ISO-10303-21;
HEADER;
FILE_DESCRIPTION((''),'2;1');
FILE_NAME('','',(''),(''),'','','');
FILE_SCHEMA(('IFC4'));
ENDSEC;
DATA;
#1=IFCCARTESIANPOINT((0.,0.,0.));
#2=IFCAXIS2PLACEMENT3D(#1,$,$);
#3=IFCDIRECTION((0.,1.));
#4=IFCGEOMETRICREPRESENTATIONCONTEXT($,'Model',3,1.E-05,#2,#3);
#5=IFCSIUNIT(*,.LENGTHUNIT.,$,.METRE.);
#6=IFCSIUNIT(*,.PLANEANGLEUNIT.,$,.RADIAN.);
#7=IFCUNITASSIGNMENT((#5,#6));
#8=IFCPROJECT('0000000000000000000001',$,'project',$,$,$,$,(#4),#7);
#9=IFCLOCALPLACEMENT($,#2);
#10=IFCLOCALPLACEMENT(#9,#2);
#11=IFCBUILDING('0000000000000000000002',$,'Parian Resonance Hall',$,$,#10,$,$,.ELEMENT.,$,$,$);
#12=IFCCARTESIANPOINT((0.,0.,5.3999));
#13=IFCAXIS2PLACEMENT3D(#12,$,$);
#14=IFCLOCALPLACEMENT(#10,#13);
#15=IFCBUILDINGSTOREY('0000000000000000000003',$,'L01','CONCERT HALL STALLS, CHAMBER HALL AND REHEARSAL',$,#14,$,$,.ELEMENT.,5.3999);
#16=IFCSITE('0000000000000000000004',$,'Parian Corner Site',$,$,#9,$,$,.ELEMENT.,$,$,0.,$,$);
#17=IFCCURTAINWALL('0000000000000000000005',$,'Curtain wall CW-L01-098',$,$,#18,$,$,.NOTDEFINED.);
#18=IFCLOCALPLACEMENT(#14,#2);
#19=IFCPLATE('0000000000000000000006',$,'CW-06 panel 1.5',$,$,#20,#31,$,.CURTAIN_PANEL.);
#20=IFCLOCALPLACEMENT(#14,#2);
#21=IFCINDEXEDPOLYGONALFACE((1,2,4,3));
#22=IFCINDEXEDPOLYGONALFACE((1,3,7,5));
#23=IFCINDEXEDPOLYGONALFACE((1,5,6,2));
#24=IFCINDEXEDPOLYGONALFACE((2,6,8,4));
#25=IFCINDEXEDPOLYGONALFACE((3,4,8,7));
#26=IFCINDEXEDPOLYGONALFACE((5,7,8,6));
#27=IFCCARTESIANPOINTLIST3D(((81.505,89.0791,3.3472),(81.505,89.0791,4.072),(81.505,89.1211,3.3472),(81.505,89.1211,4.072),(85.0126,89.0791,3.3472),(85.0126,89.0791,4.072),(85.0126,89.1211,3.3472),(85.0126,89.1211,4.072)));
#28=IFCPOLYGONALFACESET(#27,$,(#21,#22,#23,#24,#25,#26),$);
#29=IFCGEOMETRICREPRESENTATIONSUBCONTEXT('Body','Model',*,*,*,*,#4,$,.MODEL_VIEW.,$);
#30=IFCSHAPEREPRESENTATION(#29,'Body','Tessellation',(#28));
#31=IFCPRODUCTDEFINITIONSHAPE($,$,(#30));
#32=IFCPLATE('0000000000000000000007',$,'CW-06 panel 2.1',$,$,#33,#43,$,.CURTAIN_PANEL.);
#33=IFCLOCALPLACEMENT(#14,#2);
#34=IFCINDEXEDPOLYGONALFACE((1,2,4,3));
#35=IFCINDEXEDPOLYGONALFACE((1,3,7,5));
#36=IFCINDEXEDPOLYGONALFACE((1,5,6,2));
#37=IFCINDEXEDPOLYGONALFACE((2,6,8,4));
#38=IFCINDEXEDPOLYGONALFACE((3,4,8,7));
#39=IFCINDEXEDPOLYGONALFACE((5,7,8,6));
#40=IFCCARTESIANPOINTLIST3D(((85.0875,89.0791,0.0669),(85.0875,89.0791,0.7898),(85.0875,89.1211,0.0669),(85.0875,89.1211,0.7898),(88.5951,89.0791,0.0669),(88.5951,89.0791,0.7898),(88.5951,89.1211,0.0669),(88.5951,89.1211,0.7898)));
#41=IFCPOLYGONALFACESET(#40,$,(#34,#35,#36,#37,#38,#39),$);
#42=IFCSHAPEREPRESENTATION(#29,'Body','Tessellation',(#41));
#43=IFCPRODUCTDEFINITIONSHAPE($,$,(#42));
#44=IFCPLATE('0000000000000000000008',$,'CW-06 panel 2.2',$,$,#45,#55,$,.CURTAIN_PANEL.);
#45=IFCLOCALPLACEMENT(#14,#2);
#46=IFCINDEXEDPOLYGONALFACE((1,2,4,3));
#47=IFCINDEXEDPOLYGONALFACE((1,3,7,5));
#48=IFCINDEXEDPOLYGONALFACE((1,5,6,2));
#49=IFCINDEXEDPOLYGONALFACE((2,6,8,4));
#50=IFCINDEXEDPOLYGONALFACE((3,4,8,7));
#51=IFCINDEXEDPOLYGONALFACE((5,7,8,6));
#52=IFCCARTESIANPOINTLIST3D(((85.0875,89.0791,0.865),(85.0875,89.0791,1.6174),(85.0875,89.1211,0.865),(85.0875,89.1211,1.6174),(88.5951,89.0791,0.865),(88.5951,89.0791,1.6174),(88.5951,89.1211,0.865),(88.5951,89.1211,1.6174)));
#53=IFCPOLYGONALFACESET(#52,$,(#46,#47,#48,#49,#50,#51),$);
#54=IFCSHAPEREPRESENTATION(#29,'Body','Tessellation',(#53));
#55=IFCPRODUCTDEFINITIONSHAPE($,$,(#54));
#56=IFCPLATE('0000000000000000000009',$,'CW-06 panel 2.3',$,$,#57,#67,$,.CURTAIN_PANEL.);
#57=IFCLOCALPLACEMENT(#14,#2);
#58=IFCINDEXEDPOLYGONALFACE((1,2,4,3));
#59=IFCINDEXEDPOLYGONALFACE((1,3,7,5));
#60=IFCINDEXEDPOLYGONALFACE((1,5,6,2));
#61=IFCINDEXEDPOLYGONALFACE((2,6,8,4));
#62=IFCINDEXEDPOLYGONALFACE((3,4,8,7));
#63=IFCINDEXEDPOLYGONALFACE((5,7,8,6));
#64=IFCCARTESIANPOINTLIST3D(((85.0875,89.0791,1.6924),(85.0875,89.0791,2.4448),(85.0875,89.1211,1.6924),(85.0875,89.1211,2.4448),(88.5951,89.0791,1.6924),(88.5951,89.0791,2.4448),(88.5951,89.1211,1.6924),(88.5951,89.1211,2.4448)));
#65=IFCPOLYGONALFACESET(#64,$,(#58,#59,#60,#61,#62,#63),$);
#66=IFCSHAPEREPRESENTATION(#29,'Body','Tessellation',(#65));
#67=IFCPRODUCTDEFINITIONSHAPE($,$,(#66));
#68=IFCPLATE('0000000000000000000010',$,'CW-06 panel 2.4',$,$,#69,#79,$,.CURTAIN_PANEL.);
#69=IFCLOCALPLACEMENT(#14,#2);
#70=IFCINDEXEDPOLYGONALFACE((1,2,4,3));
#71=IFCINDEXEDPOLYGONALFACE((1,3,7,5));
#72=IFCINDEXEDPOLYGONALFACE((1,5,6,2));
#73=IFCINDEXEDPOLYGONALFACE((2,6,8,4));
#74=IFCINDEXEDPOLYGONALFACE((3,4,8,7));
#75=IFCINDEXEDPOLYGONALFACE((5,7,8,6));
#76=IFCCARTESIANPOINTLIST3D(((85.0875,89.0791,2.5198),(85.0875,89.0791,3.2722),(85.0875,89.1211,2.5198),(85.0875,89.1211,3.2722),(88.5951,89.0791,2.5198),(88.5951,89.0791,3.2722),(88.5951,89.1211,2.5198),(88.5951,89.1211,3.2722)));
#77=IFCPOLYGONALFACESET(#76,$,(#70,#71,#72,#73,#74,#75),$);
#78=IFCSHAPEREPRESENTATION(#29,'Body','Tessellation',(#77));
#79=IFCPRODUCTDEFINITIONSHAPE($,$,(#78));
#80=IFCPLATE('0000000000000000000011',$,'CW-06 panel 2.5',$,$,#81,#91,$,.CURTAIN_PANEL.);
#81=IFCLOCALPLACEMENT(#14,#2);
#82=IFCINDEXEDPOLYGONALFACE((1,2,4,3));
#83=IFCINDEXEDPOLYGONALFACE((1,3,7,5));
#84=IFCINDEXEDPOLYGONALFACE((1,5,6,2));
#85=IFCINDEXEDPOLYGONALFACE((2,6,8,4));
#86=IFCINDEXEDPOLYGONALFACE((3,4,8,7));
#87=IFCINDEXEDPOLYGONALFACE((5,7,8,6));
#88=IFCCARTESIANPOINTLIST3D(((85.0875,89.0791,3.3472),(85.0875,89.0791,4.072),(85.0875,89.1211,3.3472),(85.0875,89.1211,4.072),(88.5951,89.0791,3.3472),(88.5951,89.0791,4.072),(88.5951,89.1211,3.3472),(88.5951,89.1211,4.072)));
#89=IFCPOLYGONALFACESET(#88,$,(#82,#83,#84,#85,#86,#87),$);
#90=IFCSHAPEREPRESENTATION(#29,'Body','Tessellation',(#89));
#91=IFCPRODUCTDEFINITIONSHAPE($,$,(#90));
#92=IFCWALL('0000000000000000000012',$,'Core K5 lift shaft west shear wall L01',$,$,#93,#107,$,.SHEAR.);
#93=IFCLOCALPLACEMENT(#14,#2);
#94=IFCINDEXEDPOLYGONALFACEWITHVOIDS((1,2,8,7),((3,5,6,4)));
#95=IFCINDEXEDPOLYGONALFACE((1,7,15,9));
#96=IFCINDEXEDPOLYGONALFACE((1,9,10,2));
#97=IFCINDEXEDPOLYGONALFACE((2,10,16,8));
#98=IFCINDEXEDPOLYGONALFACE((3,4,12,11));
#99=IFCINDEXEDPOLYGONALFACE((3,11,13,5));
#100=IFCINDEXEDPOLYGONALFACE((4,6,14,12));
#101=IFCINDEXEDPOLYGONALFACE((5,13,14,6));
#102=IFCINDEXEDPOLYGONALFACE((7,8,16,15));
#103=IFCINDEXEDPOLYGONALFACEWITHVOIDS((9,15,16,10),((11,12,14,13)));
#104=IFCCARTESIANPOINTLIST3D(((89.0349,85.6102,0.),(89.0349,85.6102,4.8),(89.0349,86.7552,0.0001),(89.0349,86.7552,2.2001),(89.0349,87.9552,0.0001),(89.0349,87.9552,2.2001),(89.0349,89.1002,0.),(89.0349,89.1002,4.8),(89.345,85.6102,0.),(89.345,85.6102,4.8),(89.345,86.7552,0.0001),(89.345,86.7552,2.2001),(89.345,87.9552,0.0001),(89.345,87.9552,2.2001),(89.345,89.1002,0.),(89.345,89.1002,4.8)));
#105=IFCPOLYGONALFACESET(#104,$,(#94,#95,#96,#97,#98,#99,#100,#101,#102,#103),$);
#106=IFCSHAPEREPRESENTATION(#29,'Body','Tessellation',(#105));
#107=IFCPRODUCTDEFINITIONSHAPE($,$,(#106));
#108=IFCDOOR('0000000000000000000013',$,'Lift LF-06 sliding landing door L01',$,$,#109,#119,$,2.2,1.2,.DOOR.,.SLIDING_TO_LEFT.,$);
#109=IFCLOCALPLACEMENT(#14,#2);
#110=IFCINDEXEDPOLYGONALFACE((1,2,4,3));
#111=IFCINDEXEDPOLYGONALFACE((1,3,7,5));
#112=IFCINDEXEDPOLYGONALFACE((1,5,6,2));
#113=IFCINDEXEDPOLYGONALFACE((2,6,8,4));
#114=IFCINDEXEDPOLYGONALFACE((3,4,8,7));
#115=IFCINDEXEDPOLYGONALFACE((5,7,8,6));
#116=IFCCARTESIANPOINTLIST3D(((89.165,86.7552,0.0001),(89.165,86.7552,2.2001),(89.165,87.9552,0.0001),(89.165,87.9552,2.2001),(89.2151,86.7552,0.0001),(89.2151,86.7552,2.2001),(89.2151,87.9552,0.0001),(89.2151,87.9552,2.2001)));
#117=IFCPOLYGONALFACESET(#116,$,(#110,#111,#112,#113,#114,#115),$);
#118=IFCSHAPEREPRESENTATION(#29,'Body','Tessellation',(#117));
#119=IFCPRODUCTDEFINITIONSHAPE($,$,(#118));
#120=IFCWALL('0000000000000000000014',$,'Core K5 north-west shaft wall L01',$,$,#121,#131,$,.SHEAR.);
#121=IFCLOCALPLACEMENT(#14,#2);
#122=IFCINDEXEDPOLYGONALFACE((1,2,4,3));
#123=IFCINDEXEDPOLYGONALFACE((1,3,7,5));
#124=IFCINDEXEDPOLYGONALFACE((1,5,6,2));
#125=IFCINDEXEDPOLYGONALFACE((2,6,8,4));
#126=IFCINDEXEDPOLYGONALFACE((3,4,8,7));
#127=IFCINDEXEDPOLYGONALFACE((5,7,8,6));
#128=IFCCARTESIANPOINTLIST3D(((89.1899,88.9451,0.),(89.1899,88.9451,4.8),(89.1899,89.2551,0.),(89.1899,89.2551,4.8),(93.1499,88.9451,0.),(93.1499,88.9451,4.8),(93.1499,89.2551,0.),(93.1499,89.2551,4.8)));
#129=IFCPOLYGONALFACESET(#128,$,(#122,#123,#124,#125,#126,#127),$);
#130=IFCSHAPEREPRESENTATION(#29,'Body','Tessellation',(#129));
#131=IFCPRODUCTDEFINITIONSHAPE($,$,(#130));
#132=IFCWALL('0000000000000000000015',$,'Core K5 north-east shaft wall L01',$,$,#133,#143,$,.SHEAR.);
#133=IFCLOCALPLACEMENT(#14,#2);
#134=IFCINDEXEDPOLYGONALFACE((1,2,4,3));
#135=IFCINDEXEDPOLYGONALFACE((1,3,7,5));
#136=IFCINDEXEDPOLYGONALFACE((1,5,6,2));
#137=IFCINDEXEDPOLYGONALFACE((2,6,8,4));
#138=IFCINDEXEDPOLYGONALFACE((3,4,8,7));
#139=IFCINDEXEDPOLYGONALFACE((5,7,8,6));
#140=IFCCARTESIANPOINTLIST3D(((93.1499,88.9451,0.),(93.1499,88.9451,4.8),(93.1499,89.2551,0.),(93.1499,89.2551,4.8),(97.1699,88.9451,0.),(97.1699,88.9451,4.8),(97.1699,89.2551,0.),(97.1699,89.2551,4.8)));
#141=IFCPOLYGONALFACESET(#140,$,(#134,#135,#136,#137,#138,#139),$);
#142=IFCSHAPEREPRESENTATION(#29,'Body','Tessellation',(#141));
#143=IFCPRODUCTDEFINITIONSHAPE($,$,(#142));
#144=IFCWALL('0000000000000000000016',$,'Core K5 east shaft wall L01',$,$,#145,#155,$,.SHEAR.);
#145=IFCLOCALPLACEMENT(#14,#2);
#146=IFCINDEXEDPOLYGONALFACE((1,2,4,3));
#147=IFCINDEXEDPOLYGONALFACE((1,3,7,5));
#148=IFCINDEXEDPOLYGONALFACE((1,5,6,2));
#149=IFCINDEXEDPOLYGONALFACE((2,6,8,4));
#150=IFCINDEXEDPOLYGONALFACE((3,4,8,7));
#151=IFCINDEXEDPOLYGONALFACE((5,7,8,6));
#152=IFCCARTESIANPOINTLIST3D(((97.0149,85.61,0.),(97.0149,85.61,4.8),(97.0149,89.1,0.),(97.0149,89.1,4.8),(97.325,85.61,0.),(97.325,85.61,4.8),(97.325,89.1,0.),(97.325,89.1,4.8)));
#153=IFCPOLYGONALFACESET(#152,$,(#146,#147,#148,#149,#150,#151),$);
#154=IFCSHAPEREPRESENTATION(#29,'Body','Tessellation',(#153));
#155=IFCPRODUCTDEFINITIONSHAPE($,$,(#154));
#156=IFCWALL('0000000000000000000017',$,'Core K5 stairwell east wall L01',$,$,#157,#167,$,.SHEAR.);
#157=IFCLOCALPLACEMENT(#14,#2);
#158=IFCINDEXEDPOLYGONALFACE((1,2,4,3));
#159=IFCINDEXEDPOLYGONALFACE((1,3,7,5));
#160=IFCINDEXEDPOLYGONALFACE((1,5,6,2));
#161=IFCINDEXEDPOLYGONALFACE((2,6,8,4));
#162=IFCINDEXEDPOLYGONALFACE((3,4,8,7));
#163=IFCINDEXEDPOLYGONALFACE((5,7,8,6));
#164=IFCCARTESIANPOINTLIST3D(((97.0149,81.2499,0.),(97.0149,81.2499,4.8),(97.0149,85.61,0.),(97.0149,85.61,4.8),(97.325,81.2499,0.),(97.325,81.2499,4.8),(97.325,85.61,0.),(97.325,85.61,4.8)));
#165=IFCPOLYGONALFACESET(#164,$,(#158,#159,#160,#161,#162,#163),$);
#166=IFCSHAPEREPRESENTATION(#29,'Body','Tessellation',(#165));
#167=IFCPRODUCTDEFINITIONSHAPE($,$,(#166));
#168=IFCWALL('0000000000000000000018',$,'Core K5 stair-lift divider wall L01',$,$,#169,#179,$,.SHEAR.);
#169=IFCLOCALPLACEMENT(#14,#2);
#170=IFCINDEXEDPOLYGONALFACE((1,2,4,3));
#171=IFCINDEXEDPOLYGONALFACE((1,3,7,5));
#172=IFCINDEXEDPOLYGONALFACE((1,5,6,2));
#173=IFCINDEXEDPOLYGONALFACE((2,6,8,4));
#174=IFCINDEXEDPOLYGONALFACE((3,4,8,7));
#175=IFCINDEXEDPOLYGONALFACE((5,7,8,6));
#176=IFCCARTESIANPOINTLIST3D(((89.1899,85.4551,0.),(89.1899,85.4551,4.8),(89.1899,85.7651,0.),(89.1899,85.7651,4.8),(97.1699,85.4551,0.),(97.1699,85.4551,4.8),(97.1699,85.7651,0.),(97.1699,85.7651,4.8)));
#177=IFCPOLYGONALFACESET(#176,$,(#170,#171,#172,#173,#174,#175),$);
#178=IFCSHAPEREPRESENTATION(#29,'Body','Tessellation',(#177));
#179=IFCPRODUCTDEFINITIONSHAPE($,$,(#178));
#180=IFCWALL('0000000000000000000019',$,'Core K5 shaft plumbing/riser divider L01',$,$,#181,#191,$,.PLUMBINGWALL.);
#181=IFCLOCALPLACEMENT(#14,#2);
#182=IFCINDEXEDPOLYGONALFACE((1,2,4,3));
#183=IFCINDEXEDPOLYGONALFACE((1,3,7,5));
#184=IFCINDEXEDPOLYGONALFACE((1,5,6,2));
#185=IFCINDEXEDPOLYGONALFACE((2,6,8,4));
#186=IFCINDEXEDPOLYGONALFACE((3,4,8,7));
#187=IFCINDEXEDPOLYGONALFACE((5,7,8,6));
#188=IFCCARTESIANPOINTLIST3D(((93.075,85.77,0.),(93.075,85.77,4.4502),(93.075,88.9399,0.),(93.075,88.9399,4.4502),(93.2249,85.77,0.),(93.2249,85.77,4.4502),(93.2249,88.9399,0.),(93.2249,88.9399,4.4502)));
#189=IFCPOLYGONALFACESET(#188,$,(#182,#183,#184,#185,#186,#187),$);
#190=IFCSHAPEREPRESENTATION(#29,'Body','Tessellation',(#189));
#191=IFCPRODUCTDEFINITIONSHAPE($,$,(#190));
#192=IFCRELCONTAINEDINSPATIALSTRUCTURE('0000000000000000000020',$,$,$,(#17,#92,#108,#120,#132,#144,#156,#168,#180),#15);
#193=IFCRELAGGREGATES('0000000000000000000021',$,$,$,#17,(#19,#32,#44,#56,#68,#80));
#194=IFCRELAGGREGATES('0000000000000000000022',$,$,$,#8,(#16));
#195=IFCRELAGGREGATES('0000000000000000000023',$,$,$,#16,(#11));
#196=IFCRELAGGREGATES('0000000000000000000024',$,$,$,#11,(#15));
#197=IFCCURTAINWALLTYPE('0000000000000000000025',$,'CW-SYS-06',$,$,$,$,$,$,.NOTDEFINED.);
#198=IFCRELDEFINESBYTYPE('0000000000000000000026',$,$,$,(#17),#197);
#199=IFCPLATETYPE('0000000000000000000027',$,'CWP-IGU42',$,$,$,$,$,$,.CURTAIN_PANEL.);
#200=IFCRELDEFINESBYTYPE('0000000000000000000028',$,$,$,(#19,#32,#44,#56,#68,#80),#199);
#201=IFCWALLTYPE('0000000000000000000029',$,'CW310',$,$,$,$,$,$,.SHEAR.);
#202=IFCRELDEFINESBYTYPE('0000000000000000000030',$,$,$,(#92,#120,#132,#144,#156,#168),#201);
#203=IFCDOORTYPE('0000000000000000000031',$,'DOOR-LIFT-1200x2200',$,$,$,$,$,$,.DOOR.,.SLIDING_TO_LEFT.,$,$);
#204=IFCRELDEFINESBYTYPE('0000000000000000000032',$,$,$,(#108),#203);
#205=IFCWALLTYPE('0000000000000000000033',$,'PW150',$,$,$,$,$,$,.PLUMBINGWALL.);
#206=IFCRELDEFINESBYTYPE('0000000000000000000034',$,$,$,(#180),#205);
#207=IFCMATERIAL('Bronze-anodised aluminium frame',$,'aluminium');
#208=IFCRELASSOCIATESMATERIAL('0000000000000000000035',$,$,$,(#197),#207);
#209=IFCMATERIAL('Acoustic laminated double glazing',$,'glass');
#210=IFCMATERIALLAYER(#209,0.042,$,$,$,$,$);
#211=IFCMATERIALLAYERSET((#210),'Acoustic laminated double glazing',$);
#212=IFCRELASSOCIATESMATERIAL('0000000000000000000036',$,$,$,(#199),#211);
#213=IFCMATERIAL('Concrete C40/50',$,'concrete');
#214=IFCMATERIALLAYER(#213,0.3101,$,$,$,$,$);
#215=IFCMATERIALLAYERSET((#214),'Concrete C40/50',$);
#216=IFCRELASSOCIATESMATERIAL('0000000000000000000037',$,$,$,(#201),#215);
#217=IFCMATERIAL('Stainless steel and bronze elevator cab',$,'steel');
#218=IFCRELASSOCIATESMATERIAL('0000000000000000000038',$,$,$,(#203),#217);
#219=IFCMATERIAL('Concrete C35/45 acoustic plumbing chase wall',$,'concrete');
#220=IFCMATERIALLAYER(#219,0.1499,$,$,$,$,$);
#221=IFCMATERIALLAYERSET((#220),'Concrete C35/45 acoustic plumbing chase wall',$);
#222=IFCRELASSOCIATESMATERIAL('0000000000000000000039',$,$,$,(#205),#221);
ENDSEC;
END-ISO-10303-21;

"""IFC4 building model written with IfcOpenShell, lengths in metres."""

from ifc_helpers import new_model, si_unit, direction, frame, frame_2d, origin, origin_2d, place, context, subcontext, project, spatial, rectangle, extrude, material, layer, layer_set, type_object, element, fill, aggregate, save


model = new_model("IFC4")

# Units and contexts
model_context = context("Model", 3, precision=1e-05, world=origin(), true_north=direction((0.0, 1.0)))
body_context = subcontext(model_context, "Body", "Model", "MODEL_VIEW")
ifc_project = project(units=[si_unit("LENGTHUNIT", "METRE"), si_unit("PLANEANGLEUNIT", "RADIAN")], contexts=[model_context])

# Site, building, storey
site_placement = place(None, origin())
site = spatial("IfcSite", under=ifc_project, at=site_placement, Name="Parian Corner Site", CompositionType="ELEMENT", RefElevation=0.0)
building_placement = place(site_placement, origin())
building = spatial("IfcBuilding", under=site, at=building_placement, Name="Parian Resonance Hall", CompositionType="ELEMENT")
storey_placement = place(building_placement, frame((0.0, 0.0, 5.3999)))
storey = spatial("IfcBuildingStorey", under=building, at=storey_placement, Name="L01", Description="CONCERT HALL STALLS, CHAMBER HALL AND REHEARSAL", CompositionType="ELEMENT", Elevation=5.3999)

# Curtain wall, plates
ifc_material_1 = material(Name="Bronze-anodised aluminium frame", Category="aluminium")
curtain_wall_type = type_object("IfcCurtainWallType", Name="CW-SYS-06", PredefinedType="NOTDEFINED", material=ifc_material_1)
curtain_wall_placement = place(storey_placement, origin())
curtain_wall = element("IfcCurtainWall", 1, at=curtain_wall_placement, inside=storey, type_object=curtain_wall_type, Name="Curtain wall CW-L01-098", PredefinedType="NOTDEFINED")
ifc_material_2 = material(Name="Acoustic laminated double glazing", Category="glass")
ifc_layer_1 = layer(ifc_material_2, 0.042)
ifc_layer_set_1 = layer_set([ifc_layer_1], Name="Acoustic laminated double glazing")
plate_type = type_object("IfcPlateType", Name="CWP-IGU42", PredefinedType="CURTAIN_PANEL", material=ifc_layer_set_1)
plate_1_placement = place(storey_placement, frame((83.2588, 89.1001, 3.3472), z_axis=(0.0, 0.0, 1.0), x_axis=(1.0, 0.0, 0.0)))
plate_1 = element("IfcPlate", 2, at=plate_1_placement, type_object=plate_type, Name="CW-06 panel 1.5", PredefinedType="CURTAIN_PANEL", context=body_context, shape_type="SweptSolid", body=[
    extrude(rectangle(XDim=3.5076, YDim=0.042, at=origin_2d()), origin(), (0.0, 0.0, 1.0), 0.7249),
])
plate_2_placement = place(storey_placement, frame((86.8413, 89.1001, 0.0669), z_axis=(0.0, 0.0, 1.0), x_axis=(1.0, 0.0, 0.0)))
plate_2 = element("IfcPlate", 3, at=plate_2_placement, type_object=plate_type, Name="CW-06 panel 2.1", PredefinedType="CURTAIN_PANEL", context=body_context, shape_type="SweptSolid", body=[
    extrude(rectangle(XDim=3.5076, YDim=0.042, at=origin_2d()), origin(), (0.0, 0.0, 1.0), 0.7229),
])
plate_3_placement = place(storey_placement, frame((86.8413, 89.1001, 0.865), z_axis=(0.0, 0.0, 1.0), x_axis=(1.0, 0.0, 0.0)))
plate_3 = element("IfcPlate", 4, at=plate_3_placement, type_object=plate_type, Name="CW-06 panel 2.2", PredefinedType="CURTAIN_PANEL", context=body_context, shape_type="SweptSolid", body=[
    extrude(rectangle(XDim=3.5076, YDim=0.042, at=origin_2d()), origin(), (0.0, 0.0, 1.0), 0.7524),
])
plate_4_placement = place(storey_placement, frame((86.8413, 89.1001, 1.6924), z_axis=(0.0, 0.0, 1.0), x_axis=(1.0, 0.0, 0.0)))
plate_4 = element("IfcPlate", 5, at=plate_4_placement, type_object=plate_type, Name="CW-06 panel 2.3", PredefinedType="CURTAIN_PANEL", context=body_context, shape_type="SweptSolid", body=[
    extrude(rectangle(XDim=3.5076, YDim=0.042, at=origin_2d()), origin(), (0.0, 0.0, 1.0), 0.7524),
])
plate_5_placement = place(storey_placement, frame((86.8413, 89.1001, 2.5198), z_axis=(0.0, 0.0, 1.0), x_axis=(1.0, 0.0, 0.0)))
plate_5 = element("IfcPlate", 6, at=plate_5_placement, type_object=plate_type, Name="CW-06 panel 2.4", PredefinedType="CURTAIN_PANEL", context=body_context, shape_type="SweptSolid", body=[
    extrude(rectangle(XDim=3.5076, YDim=0.042, at=origin_2d()), origin(), (0.0, 0.0, 1.0), 0.7524),
])
plate_6_placement = place(storey_placement, frame((86.8413, 89.1001, 3.3472), z_axis=(0.0, 0.0, 1.0), x_axis=(1.0, 0.0, 0.0)))
plate_6 = element("IfcPlate", 7, at=plate_6_placement, type_object=plate_type, Name="CW-06 panel 2.5", PredefinedType="CURTAIN_PANEL", context=body_context, shape_type="SweptSolid", body=[
    extrude(rectangle(XDim=3.5076, YDim=0.042, at=origin_2d()), origin(), (0.0, 0.0, 1.0), 0.7249),
])
aggregate(curtain_wall, [plate_1, plate_2, plate_3, plate_4, plate_5, plate_6])

# Wall, opening, door
ifc_material_3 = material(Name="Concrete C40/50", Category="concrete")
ifc_layer_2 = layer(ifc_material_3, 0.3101)
ifc_layer_set_2 = layer_set([ifc_layer_2], Name="Concrete C40/50")
wall_type_1 = type_object("IfcWallType", Name="CW310", PredefinedType="SHEAR", material=ifc_layer_set_2)
wall_1_placement = place(storey_placement, frame((89.1899, 85.6101, 0.0), z_axis=(0.0, 0.0, 1.0), x_axis=(0.0, 1.0, 0.0)))
wall_1 = element("IfcWall", 8, at=wall_1_placement, inside=storey, type_object=wall_type_1, Name="Core K5 lift shaft west shear wall L01", PredefinedType="SHEAR", context=body_context, shape_type="SweptSolid", body=[
    extrude(rectangle(XDim=3.49, YDim=0.3101, at=frame_2d((1.7451, 0.0))), origin(), (0.0, 0.0, 1.0), 4.8),
])
opening_placement = place(wall_1_placement, frame((1.145, 0.0, 0.0)))
opening = element("IfcOpeningElement", 9, at=opening_placement, cuts=wall_1, PredefinedType="OPENING", context=body_context, shape_type="SweptSolid", body=[
    extrude(rectangle(XDim=1.2, YDim=2.2, at=frame_2d((0.6001, 1.1001))), frame((0.0, 0.165, 0.0), z_axis=(0.0, -1.0, 0.0), x_axis=(1.0, 0.0, 0.0)), (0.0, 0.0, 1.0), 0.3301),
])
ifc_material_4 = material(Name="Stainless steel and bronze elevator cab", Category="steel")
door_type = type_object("IfcDoorType", Name="DOOR-LIFT-1200x2200", OperationType="SLIDING_TO_LEFT", PredefinedType="DOOR", material=ifc_material_4)
door_placement = place(opening_placement, origin())
door = element("IfcDoor", 10, at=door_placement, inside=storey, type_object=door_type, Name="Lift LF-06 sliding landing door L01", OperationType="SLIDING_TO_LEFT", OverallHeight=2.2, OverallWidth=1.2, PredefinedType="DOOR", context=body_context, shape_type="SweptSolid", body=[
    extrude(rectangle(XDim=1.2, YDim=2.2, at=frame_2d((0.6001, 1.1001))), frame((0.0, 0.0249, 0.0), z_axis=(0.0, -1.0, 0.0), x_axis=(1.0, 0.0, 0.0)), (0.0, 0.0, 1.0), 0.05),
])
fill(opening, door)

# Walls
wall_2_placement = place(storey_placement, frame((89.1899, 89.1001, 0.0), z_axis=(0.0, 0.0, 1.0), x_axis=(1.0, 0.0, 0.0)))
element("IfcWall", 11, at=wall_2_placement, inside=storey, type_object=wall_type_1, Name="Core K5 north-west shaft wall L01", PredefinedType="SHEAR", context=body_context, shape_type="SweptSolid", body=[
    extrude(rectangle(XDim=3.96, YDim=0.3101, at=frame_2d((1.98, 0.0))), origin(), (0.0, 0.0, 1.0), 4.8),
])
wall_3_placement = place(storey_placement, frame((93.1499, 89.1001, 0.0), z_axis=(0.0, 0.0, 1.0), x_axis=(1.0, 0.0, 0.0)))
element("IfcWall", 12, at=wall_3_placement, inside=storey, type_object=wall_type_1, Name="Core K5 north-east shaft wall L01", PredefinedType="SHEAR", context=body_context, shape_type="SweptSolid", body=[
    extrude(rectangle(XDim=4.02, YDim=0.3101, at=frame_2d((2.01, 0.0))), origin(), (0.0, 0.0, 1.0), 4.8),
])
wall_4_placement = place(storey_placement, frame((97.1699, 89.1001, 0.0), z_axis=(0.0, 0.0, 1.0), x_axis=(0.0, -1.0, 0.0)))
element("IfcWall", 13, at=wall_4_placement, inside=storey, type_object=wall_type_1, Name="Core K5 east shaft wall L01", PredefinedType="SHEAR", context=body_context, shape_type="SweptSolid", body=[
    extrude(rectangle(XDim=3.49, YDim=0.3101, at=frame_2d((1.7451, 0.0))), origin(), (0.0, 0.0, 1.0), 4.8),
])
wall_5_placement = place(storey_placement, frame((97.1699, 85.6101, 0.0), z_axis=(0.0, 0.0, 1.0), x_axis=(0.0, -1.0, 0.0)))
element("IfcWall", 14, at=wall_5_placement, inside=storey, type_object=wall_type_1, Name="Core K5 stairwell east wall L01", PredefinedType="SHEAR", context=body_context, shape_type="SweptSolid", body=[
    extrude(rectangle(XDim=4.3601, YDim=0.3101, at=frame_2d((2.1802, 0.0))), origin(), (0.0, 0.0, 1.0), 4.8),
])
wall_6_placement = place(storey_placement, frame((89.1899, 85.6101, 0.0), z_axis=(0.0, 0.0, 1.0), x_axis=(1.0, 0.0, 0.0)))
element("IfcWall", 15, at=wall_6_placement, inside=storey, type_object=wall_type_1, Name="Core K5 stair-lift divider wall L01", PredefinedType="SHEAR", context=body_context, shape_type="SweptSolid", body=[
    extrude(rectangle(XDim=7.98, YDim=0.3101, at=frame_2d((3.99, 0.0))), origin(), (0.0, 0.0, 1.0), 4.8),
])
ifc_material_5 = material(Name="Concrete C35/45 acoustic plumbing chase wall", Category="concrete")
ifc_layer_3 = layer(ifc_material_5, 0.1499)
ifc_layer_set_3 = layer_set([ifc_layer_3], Name="Concrete C35/45 acoustic plumbing chase wall")
wall_type_2 = type_object("IfcWallType", Name="PW150", PredefinedType="PLUMBINGWALL", material=ifc_layer_set_3)
wall_7_placement = place(storey_placement, frame((93.1499, 85.77, 0.0), z_axis=(0.0, 0.0, 1.0), x_axis=(0.0, 1.0, 0.0)))
element("IfcWall", 16, at=wall_7_placement, inside=storey, type_object=wall_type_2, Name="Core K5 shaft plumbing/riser divider L01", PredefinedType="PLUMBINGWALL", context=body_context, shape_type="SweptSolid", body=[
    extrude(rectangle(XDim=3.1699, YDim=0.1499, at=frame_2d((1.585, 0.0))), origin(), (0.0, 0.0, 1.0), 4.4502),
])

save(model, "model.ifc")
